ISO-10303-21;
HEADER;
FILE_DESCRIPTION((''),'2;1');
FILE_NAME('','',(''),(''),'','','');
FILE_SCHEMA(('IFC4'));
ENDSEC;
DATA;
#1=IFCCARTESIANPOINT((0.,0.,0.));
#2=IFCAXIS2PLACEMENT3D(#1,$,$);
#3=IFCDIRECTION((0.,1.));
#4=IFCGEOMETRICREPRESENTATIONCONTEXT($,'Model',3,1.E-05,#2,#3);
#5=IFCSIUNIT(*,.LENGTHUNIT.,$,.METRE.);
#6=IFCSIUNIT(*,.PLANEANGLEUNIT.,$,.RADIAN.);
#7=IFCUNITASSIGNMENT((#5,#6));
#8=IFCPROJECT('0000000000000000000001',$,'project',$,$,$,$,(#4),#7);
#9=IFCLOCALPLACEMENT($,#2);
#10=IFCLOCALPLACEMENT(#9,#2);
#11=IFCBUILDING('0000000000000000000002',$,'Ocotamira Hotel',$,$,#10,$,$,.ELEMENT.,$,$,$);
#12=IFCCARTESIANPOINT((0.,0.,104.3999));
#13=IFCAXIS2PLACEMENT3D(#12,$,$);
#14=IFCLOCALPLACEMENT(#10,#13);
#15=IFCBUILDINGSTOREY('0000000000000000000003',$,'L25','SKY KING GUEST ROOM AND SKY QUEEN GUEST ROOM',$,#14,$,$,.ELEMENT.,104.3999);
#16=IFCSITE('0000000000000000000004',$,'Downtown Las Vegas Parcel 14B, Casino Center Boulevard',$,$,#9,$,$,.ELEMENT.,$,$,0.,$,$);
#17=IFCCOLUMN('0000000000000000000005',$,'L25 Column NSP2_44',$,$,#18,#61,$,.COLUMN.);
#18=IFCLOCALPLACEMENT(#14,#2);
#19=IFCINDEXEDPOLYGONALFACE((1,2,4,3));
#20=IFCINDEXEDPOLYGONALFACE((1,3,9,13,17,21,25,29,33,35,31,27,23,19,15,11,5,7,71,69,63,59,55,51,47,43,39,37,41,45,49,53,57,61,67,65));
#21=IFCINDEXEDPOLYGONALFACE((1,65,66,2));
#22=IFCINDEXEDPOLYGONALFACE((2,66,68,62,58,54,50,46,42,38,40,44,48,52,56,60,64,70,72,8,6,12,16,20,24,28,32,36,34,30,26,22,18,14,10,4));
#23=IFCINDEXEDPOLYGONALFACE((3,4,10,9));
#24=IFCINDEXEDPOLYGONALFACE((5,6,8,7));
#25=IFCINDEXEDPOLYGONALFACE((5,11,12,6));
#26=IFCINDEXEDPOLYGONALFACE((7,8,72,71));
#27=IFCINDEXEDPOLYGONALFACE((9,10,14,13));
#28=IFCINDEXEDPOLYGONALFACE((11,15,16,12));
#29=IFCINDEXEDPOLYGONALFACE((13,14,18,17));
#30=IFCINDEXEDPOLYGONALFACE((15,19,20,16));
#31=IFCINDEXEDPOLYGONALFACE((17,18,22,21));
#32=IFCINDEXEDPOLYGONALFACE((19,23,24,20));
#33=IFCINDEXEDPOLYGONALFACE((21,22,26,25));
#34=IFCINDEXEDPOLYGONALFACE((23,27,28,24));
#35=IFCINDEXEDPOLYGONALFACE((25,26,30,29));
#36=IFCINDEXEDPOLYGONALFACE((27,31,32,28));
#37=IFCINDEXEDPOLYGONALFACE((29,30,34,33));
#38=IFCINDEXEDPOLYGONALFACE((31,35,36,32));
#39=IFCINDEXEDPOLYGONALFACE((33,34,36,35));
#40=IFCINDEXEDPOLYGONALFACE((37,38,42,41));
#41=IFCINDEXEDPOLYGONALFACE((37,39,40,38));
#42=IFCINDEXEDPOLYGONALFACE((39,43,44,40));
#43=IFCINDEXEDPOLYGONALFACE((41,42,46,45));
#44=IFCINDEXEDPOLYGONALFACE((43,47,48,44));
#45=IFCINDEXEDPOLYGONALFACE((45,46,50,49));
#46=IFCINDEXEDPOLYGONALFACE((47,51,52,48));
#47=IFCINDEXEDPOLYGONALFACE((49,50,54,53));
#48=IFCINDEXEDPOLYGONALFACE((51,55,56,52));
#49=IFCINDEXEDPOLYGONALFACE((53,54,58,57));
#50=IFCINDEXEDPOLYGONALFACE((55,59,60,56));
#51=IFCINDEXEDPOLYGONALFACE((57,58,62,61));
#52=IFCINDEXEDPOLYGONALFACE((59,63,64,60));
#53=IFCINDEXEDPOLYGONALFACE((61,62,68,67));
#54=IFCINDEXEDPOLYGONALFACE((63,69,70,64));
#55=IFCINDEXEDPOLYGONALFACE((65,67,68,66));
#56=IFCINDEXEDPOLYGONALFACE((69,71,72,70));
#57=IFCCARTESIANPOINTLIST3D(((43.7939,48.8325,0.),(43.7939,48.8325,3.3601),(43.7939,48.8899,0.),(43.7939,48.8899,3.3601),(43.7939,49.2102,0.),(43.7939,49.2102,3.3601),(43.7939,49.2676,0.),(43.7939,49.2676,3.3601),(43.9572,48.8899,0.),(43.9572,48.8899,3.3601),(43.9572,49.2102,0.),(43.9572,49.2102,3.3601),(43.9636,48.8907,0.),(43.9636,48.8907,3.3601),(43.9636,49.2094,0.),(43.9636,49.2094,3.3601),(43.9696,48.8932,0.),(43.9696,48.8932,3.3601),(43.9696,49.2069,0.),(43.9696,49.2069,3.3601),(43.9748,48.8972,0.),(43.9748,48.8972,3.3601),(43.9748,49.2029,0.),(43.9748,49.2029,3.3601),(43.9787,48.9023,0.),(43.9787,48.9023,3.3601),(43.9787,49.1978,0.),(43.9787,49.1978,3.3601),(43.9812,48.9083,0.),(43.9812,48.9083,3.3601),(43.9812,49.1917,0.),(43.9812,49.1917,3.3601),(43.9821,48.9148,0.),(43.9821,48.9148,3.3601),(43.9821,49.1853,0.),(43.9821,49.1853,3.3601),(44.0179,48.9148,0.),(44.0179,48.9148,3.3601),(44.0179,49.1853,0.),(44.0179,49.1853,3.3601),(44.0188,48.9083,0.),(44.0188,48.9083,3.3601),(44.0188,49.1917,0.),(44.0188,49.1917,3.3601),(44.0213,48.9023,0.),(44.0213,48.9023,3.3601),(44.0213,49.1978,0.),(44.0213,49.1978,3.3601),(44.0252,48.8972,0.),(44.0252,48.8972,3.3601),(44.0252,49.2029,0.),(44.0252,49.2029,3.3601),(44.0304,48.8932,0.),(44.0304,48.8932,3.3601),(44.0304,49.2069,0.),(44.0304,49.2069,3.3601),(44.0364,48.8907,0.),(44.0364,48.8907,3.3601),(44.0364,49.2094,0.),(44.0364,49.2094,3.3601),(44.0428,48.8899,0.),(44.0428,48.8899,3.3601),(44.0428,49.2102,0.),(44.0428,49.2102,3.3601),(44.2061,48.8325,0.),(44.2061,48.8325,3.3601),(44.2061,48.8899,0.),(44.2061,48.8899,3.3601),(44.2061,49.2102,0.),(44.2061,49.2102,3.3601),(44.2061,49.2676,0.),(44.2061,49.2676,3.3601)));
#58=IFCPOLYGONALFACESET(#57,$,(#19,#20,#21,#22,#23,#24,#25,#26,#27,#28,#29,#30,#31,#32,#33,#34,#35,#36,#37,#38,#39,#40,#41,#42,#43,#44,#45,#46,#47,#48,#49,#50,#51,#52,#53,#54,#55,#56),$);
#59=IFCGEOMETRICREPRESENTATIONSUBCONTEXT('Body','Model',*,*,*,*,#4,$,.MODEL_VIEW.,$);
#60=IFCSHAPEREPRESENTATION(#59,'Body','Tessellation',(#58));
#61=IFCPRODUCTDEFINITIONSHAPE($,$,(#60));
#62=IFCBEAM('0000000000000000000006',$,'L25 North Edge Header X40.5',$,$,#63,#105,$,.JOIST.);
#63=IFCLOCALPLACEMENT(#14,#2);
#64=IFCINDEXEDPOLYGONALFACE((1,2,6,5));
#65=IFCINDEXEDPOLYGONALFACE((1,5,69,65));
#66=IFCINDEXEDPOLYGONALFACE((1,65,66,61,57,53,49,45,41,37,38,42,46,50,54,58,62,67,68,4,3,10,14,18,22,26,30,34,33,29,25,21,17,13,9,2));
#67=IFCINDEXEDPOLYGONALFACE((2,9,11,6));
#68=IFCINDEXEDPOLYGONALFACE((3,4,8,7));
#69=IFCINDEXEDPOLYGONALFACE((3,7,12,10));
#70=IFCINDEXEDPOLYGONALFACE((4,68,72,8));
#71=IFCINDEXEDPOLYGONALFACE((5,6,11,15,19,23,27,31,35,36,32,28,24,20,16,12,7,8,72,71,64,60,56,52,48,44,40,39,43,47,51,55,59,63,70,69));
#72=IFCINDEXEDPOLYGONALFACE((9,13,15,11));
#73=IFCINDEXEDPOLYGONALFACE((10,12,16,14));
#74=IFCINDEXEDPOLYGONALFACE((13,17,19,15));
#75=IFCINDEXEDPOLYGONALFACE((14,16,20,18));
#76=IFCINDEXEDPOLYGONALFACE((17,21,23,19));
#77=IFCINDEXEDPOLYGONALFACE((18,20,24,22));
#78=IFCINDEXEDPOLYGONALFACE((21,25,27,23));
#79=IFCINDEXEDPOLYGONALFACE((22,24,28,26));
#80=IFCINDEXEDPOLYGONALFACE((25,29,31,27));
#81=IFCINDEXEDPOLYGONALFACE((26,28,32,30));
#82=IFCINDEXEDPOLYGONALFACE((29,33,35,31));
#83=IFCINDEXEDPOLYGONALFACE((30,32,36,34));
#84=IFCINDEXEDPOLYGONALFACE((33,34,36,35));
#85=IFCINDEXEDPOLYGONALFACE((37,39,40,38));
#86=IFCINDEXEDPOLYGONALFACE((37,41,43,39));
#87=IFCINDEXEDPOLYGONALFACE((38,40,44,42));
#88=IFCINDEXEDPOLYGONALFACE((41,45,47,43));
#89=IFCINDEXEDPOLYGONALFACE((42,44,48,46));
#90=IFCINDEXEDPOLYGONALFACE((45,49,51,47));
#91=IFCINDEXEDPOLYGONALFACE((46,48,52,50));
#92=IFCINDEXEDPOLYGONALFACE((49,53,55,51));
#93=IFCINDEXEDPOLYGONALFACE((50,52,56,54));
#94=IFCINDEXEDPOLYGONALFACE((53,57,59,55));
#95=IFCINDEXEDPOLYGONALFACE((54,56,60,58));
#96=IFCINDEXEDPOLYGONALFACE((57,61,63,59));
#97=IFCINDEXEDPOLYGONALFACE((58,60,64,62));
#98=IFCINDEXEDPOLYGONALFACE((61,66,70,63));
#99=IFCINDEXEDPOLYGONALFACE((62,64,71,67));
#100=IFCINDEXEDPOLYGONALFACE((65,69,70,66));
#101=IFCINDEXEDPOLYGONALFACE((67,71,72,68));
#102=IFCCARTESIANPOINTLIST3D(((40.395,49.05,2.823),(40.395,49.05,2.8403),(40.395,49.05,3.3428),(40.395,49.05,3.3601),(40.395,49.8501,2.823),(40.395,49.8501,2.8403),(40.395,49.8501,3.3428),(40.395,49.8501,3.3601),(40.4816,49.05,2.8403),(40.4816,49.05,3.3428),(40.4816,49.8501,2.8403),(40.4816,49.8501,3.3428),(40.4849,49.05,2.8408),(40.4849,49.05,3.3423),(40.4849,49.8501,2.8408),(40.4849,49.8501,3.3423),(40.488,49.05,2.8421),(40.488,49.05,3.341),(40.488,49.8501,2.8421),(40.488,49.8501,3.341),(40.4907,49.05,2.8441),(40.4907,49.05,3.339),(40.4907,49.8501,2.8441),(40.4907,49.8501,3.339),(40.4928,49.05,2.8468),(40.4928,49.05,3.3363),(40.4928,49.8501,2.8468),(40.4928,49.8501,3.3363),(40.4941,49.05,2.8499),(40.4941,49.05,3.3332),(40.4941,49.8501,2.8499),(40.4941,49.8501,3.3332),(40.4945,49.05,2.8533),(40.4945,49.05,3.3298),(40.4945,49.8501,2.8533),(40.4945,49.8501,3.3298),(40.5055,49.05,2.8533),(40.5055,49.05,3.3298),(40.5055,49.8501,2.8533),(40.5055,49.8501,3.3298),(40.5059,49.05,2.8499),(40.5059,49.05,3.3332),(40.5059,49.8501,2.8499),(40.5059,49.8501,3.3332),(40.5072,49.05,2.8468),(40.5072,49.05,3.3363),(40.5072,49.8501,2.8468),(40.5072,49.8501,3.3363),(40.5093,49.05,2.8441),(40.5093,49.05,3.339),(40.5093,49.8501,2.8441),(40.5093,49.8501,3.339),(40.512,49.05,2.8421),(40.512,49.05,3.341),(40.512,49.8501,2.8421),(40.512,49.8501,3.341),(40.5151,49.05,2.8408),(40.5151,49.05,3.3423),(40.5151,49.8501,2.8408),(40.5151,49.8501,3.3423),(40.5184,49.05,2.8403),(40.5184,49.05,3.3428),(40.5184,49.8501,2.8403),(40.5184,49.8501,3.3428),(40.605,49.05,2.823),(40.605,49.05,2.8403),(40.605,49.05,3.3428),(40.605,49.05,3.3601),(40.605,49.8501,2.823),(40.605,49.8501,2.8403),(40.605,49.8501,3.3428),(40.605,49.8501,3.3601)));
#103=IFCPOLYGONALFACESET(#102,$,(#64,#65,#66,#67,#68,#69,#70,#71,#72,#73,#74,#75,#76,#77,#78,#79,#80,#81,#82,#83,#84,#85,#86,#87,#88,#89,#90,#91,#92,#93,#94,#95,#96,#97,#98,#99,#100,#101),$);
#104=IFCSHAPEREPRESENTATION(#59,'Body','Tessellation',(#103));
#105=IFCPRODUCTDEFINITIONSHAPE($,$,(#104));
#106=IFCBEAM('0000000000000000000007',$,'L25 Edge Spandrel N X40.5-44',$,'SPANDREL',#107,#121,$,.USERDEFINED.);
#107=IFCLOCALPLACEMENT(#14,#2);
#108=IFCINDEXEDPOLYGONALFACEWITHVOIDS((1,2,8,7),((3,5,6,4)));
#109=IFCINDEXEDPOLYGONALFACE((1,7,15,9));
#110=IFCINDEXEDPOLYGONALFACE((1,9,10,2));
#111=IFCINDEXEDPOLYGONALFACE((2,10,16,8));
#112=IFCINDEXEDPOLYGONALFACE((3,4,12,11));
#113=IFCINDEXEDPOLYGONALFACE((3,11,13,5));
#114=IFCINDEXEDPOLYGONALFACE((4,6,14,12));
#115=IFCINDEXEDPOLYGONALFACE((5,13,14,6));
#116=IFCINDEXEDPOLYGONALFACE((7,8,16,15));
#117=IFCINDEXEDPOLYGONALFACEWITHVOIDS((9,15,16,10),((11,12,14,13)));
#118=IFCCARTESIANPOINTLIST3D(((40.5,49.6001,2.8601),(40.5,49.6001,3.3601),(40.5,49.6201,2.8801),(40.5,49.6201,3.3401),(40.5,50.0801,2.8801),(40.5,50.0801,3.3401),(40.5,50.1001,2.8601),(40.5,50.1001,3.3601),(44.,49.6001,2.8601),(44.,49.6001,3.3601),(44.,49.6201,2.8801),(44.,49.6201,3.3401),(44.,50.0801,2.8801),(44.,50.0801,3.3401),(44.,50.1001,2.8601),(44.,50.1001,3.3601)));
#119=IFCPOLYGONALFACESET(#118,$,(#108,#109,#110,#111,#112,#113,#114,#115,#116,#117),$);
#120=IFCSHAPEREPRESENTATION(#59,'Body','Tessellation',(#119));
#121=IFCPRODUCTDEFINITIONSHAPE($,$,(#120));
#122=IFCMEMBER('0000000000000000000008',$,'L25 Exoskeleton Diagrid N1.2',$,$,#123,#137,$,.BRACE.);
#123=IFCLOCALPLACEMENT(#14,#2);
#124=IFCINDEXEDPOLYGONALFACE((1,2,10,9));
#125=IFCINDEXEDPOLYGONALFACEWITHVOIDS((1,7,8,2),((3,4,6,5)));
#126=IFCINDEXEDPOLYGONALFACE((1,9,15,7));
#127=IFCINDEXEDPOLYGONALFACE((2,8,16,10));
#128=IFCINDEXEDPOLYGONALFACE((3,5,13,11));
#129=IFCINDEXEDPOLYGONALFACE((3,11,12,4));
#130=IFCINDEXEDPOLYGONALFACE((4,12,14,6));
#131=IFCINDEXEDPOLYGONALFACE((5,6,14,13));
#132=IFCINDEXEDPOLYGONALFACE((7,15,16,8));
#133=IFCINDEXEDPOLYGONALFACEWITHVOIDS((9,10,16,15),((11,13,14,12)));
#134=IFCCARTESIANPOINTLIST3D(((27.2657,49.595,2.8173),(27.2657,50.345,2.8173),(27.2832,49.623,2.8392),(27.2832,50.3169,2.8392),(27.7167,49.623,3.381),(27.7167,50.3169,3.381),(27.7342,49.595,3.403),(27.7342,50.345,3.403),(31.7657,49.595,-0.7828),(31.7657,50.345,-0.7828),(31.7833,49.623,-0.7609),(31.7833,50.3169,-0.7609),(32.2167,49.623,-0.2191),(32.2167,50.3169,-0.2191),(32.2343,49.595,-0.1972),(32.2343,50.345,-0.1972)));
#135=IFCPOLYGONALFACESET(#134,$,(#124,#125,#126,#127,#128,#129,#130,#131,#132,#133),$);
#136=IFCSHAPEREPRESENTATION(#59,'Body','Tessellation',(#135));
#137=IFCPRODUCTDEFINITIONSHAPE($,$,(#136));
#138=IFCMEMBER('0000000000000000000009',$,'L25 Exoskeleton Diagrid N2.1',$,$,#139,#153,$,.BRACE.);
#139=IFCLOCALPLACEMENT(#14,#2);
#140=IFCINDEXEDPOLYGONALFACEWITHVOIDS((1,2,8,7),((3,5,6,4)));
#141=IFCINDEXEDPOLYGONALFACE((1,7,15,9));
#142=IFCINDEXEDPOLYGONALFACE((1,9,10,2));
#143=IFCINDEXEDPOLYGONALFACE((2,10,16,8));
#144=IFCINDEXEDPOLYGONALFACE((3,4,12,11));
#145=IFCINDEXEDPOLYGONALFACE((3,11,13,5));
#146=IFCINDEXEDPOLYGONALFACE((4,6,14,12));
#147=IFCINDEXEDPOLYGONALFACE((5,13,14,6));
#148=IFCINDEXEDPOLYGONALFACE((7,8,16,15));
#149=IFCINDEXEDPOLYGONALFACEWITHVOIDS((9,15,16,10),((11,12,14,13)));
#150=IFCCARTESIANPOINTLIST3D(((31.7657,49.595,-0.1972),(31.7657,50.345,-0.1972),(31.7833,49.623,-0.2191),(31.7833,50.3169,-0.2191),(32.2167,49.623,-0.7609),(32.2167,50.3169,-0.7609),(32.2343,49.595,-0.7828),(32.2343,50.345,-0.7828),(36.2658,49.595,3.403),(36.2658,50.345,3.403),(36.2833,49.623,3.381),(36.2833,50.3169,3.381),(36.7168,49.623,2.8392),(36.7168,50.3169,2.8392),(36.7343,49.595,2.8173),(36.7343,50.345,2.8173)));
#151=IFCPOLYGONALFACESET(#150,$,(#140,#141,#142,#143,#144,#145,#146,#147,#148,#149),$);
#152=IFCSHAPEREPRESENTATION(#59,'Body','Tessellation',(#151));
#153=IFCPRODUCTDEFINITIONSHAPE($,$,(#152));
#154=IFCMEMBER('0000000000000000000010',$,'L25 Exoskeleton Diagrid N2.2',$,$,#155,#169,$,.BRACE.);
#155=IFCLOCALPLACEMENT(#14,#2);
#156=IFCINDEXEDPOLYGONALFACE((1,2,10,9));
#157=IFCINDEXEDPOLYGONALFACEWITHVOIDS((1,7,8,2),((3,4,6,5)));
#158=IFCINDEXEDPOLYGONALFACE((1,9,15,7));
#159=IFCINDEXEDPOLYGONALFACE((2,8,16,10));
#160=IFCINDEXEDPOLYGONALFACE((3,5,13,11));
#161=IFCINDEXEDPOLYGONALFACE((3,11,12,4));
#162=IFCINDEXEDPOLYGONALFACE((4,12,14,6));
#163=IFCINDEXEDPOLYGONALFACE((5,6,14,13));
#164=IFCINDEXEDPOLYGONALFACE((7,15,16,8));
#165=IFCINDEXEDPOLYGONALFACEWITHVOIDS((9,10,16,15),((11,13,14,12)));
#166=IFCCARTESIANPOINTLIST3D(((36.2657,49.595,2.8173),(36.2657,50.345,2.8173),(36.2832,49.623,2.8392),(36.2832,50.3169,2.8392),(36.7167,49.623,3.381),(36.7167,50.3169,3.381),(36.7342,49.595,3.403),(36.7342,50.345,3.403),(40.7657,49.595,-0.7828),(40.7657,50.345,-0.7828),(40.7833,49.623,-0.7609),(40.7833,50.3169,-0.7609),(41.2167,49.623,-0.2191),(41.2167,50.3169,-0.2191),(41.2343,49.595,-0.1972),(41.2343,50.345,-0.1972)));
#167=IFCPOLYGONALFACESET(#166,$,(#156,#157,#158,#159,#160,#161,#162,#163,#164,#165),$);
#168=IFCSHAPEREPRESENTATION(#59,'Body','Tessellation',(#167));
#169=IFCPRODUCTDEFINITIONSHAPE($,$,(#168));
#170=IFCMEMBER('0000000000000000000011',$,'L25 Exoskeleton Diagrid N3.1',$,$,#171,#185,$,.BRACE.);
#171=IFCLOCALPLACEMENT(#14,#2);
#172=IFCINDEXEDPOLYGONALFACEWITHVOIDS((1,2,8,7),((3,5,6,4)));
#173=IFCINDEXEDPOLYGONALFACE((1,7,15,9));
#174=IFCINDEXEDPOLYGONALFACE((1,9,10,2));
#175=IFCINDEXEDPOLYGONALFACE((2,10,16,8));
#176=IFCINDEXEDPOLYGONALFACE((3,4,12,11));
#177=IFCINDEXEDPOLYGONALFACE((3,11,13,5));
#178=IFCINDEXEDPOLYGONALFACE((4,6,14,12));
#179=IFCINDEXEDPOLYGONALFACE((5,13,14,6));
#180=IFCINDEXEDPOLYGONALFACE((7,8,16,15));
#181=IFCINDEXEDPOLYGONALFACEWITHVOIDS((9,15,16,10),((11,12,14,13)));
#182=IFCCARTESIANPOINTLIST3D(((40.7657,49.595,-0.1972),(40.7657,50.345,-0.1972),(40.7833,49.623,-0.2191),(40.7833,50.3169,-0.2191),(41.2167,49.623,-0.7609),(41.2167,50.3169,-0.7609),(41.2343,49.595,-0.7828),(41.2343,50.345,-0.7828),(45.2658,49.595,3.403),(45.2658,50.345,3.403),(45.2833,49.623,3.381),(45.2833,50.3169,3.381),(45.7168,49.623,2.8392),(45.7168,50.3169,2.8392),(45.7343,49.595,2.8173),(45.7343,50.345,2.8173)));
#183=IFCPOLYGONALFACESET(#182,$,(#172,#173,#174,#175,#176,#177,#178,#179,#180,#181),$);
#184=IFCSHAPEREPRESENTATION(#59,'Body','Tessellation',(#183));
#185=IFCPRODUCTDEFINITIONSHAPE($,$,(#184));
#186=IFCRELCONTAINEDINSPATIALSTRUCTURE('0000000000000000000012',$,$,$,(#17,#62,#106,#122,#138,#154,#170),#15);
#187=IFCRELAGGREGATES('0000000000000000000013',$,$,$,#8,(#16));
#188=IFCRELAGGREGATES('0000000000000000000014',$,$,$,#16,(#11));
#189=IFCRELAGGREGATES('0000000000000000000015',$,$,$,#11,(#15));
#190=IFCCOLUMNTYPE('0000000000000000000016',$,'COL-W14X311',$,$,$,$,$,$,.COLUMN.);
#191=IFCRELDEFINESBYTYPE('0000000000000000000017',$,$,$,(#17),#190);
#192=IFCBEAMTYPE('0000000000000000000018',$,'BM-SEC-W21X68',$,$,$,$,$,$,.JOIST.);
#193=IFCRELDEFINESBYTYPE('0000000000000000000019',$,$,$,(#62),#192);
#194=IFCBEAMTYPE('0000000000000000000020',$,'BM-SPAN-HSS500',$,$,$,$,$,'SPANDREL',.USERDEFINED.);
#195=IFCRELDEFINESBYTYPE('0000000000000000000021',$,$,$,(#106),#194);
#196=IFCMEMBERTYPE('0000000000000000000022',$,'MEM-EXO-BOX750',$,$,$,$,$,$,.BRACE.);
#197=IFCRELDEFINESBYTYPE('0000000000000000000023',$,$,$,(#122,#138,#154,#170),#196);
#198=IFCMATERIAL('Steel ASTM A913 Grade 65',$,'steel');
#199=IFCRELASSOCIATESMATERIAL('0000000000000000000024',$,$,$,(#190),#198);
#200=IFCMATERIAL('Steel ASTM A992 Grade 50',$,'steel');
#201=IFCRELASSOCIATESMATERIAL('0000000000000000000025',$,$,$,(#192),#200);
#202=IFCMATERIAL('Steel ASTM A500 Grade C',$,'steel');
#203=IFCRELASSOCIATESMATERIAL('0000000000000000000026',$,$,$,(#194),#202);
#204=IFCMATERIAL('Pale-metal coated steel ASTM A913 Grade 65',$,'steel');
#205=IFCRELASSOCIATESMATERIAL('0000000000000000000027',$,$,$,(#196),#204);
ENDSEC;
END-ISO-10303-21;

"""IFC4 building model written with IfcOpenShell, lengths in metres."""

from ifc_helpers import new_model, si_unit, direction, frame, origin, origin_2d, place, context, subcontext, project, spatial, hollow_rectangle, i_section, extrude, source, transform, mapped, material, material_profile, profile_set, type_object, element, save


model = new_model("IFC4")

# Units and contexts
model_context = context("Model", 3, precision=1e-05, world=origin(), true_north=direction((0.0, 1.0)))
body_context = subcontext(model_context, "Body", "Model", "MODEL_VIEW")
ifc_project = project(units=[si_unit("LENGTHUNIT", "METRE"), si_unit("PLANEANGLEUNIT", "RADIAN")], contexts=[model_context])

# Site, building, storey
site_placement = place(None, origin())
site = spatial("IfcSite", under=ifc_project, at=site_placement, Name="Downtown Las Vegas Parcel 14B, Casino Center Boulevard", CompositionType="ELEMENT", RefElevation=0.0)
building_placement = place(site_placement, origin())
building = spatial("IfcBuilding", under=site, at=building_placement, Name="Ocotamira Hotel", CompositionType="ELEMENT")
storey_placement = place(building_placement, frame((0.0, 0.0, 104.3999)))
storey = spatial("IfcBuildingStorey", under=building, at=storey_placement, Name="L25", Description="SKY KING GUEST ROOM AND SKY QUEEN GUEST ROOM", CompositionType="ELEMENT", Elevation=104.3999)

# Column
ifc_material_1 = material(Name="Steel ASTM A913 Grade 65", Category="steel")
ifc_material_profile_1 = material_profile(ifc_material_1, i_section(OverallWidth=0.4121, OverallDepth=0.4351, WebThickness=0.0359, FlangeThickness=0.0574, FilletRadius=0.0249, at=origin_2d()), Name="W14X311")
ifc_profile_set_1 = profile_set([ifc_material_profile_1], Name="Steel ASTM A913 Grade 65")
column_type = type_object("IfcColumnType", Name="COL-W14X311", PredefinedType="COLUMN", material=ifc_profile_set_1)
shared_shape_1 = source(origin(), body_context, "Body", "SweptSolid", [
    extrude(i_section(OverallWidth=0.4121, OverallDepth=0.4351, WebThickness=0.0359, FlangeThickness=0.0574, FilletRadius=0.0249, at=origin_2d()), origin(), (0.0, 0.0, 1.0), 3.3601),
])
column_placement = place(storey_placement, frame((44.0, 49.05, 0.0), z_axis=(0.0, 0.0, 1.0), x_axis=(1.0, 0.0, 0.0)))
element("IfcColumn", 1, at=column_placement, inside=storey, type_object=column_type, Name="L25 Column NSP2_44", PredefinedType="COLUMN", context=body_context, shape_type="MappedRepresentation", body=[
    mapped(shared_shape_1, transform((0.0, 0.0, 0.0), scale=1.0)),
])

# Beams
ifc_material_2 = material(Name="Steel ASTM A992 Grade 50", Category="steel")
ifc_material_profile_2 = material_profile(ifc_material_2, i_section(OverallWidth=0.21, OverallDepth=0.5371, WebThickness=0.011, FlangeThickness=0.0173, FilletRadius=0.0129, at=origin_2d()), Name="W21X68")
ifc_profile_set_2 = profile_set([ifc_material_profile_2], Name="Steel ASTM A992 Grade 50")
beam_type_1 = type_object("IfcBeamType", Name="BM-SEC-W21X68", PredefinedType="JOIST", material=ifc_profile_set_2)
shared_shape_2 = source(origin(), body_context, "Body", "SweptSolid", [
    extrude(i_section(OverallWidth=0.21, OverallDepth=0.5371, WebThickness=0.011, FlangeThickness=0.0173, FilletRadius=0.0129, at=origin_2d()), origin(), (0.0, 0.0, 1.0), 0.8),
])
beam_1_placement = place(storey_placement, frame((40.5, 49.05, 3.0916), z_axis=(0.0, 1.0, 0.0), x_axis=(-1.0, 0.0, 0.0)))
element("IfcBeam", 2, at=beam_1_placement, inside=storey, type_object=beam_type_1, Name="L25 North Edge Header X40.5", PredefinedType="JOIST", context=body_context, shape_type="MappedRepresentation", body=[
    mapped(shared_shape_2, transform((0.0, 0.0, 0.0), scale=1.0)),
])
ifc_material_3 = material(Name="Steel ASTM A500 Grade C", Category="steel")
ifc_material_profile_3 = material_profile(ifc_material_3, hollow_rectangle(XDim=0.5, YDim=0.5, WallThickness=0.02, at=origin_2d()), Name="HSS500X500X20")
ifc_profile_set_3 = profile_set([ifc_material_profile_3], Name="Steel ASTM A500 Grade C")
beam_type_2 = type_object("IfcBeamType", Name="BM-SPAN-HSS500", ElementType="SPANDREL", PredefinedType="USERDEFINED", material=ifc_profile_set_3)
shared_shape_3 = source(origin(), body_context, "Body", "SweptSolid", [
    extrude(hollow_rectangle(XDim=0.5, YDim=0.5, WallThickness=0.02, at=origin_2d()), origin(), (0.0, 0.0, 1.0), 3.5),
])
beam_2_placement = place(storey_placement, frame((40.5, 49.8501, 3.1101), z_axis=(1.0, 0.0, 0.0), x_axis=(0.0, 1.0, 0.0)))
element("IfcBeam", 3, at=beam_2_placement, inside=storey, type_object=beam_type_2, Name="L25 Edge Spandrel N X40.5-44", ObjectType="SPANDREL", PredefinedType="USERDEFINED", context=body_context, shape_type="MappedRepresentation", body=[
    mapped(shared_shape_3, transform((0.0, 0.0, 0.0), scale=1.0)),
])

# Members
ifc_material_4 = material(Name="Pale-metal coated steel ASTM A913 Grade 65", Category="steel")
ifc_material_profile_4 = material_profile(ifc_material_4, hollow_rectangle(XDim=0.75, YDim=0.75, WallThickness=0.0281, at=origin_2d()), Name="BOX750X750X28")
ifc_profile_set_4 = profile_set([ifc_material_profile_4], Name="Pale-metal coated steel ASTM A913 Grade 65")
member_type_1 = type_object("IfcMemberType", Name="MEM-EXO-BOX750", PredefinedType="BRACE", material=ifc_profile_set_4)
shared_shape_4 = source(origin(), body_context, "Body", "SweptSolid", [
    extrude(hollow_rectangle(XDim=0.75, YDim=0.75, WallThickness=0.0281, at=origin_2d()), origin(), (0.0, 0.0, 1.0), 5.7629),
])
for number, where, z_axis, x_axis, name in (
    (4, (32.0, 49.97, -0.49), (-0.780861, 0.0, 0.624705), (0.0, -1.0, 0.0), "L25 Exoskeleton Diagrid N1.2"),
    (5, (32.0, 49.97, -0.49), (0.780861, 0.0, 0.624705), (0.0, 1.0, 0.0), "L25 Exoskeleton Diagrid N2.1"),
    (6, (41.0, 49.97, -0.49), (-0.780861, 0.0, 0.624705), (0.0, -1.0, 0.0), "L25 Exoskeleton Diagrid N2.2"),
    (7, (41.0, 49.97, -0.49), (0.780861, 0.0, 0.624705), (0.0, 1.0, 0.0), "L25 Exoskeleton Diagrid N3.1"),
):
    element("IfcMember", number, at=place(storey_placement, frame(where, z_axis=z_axis, x_axis=x_axis)), inside=storey, type_object=member_type_1, Name=name, PredefinedType="BRACE", context=body_context, shape_type="MappedRepresentation", body=[
        mapped(shared_shape_4, transform((0.0, 0.0, 0.0), scale=1.0)),
    ])

save(model, "model.ifc")
